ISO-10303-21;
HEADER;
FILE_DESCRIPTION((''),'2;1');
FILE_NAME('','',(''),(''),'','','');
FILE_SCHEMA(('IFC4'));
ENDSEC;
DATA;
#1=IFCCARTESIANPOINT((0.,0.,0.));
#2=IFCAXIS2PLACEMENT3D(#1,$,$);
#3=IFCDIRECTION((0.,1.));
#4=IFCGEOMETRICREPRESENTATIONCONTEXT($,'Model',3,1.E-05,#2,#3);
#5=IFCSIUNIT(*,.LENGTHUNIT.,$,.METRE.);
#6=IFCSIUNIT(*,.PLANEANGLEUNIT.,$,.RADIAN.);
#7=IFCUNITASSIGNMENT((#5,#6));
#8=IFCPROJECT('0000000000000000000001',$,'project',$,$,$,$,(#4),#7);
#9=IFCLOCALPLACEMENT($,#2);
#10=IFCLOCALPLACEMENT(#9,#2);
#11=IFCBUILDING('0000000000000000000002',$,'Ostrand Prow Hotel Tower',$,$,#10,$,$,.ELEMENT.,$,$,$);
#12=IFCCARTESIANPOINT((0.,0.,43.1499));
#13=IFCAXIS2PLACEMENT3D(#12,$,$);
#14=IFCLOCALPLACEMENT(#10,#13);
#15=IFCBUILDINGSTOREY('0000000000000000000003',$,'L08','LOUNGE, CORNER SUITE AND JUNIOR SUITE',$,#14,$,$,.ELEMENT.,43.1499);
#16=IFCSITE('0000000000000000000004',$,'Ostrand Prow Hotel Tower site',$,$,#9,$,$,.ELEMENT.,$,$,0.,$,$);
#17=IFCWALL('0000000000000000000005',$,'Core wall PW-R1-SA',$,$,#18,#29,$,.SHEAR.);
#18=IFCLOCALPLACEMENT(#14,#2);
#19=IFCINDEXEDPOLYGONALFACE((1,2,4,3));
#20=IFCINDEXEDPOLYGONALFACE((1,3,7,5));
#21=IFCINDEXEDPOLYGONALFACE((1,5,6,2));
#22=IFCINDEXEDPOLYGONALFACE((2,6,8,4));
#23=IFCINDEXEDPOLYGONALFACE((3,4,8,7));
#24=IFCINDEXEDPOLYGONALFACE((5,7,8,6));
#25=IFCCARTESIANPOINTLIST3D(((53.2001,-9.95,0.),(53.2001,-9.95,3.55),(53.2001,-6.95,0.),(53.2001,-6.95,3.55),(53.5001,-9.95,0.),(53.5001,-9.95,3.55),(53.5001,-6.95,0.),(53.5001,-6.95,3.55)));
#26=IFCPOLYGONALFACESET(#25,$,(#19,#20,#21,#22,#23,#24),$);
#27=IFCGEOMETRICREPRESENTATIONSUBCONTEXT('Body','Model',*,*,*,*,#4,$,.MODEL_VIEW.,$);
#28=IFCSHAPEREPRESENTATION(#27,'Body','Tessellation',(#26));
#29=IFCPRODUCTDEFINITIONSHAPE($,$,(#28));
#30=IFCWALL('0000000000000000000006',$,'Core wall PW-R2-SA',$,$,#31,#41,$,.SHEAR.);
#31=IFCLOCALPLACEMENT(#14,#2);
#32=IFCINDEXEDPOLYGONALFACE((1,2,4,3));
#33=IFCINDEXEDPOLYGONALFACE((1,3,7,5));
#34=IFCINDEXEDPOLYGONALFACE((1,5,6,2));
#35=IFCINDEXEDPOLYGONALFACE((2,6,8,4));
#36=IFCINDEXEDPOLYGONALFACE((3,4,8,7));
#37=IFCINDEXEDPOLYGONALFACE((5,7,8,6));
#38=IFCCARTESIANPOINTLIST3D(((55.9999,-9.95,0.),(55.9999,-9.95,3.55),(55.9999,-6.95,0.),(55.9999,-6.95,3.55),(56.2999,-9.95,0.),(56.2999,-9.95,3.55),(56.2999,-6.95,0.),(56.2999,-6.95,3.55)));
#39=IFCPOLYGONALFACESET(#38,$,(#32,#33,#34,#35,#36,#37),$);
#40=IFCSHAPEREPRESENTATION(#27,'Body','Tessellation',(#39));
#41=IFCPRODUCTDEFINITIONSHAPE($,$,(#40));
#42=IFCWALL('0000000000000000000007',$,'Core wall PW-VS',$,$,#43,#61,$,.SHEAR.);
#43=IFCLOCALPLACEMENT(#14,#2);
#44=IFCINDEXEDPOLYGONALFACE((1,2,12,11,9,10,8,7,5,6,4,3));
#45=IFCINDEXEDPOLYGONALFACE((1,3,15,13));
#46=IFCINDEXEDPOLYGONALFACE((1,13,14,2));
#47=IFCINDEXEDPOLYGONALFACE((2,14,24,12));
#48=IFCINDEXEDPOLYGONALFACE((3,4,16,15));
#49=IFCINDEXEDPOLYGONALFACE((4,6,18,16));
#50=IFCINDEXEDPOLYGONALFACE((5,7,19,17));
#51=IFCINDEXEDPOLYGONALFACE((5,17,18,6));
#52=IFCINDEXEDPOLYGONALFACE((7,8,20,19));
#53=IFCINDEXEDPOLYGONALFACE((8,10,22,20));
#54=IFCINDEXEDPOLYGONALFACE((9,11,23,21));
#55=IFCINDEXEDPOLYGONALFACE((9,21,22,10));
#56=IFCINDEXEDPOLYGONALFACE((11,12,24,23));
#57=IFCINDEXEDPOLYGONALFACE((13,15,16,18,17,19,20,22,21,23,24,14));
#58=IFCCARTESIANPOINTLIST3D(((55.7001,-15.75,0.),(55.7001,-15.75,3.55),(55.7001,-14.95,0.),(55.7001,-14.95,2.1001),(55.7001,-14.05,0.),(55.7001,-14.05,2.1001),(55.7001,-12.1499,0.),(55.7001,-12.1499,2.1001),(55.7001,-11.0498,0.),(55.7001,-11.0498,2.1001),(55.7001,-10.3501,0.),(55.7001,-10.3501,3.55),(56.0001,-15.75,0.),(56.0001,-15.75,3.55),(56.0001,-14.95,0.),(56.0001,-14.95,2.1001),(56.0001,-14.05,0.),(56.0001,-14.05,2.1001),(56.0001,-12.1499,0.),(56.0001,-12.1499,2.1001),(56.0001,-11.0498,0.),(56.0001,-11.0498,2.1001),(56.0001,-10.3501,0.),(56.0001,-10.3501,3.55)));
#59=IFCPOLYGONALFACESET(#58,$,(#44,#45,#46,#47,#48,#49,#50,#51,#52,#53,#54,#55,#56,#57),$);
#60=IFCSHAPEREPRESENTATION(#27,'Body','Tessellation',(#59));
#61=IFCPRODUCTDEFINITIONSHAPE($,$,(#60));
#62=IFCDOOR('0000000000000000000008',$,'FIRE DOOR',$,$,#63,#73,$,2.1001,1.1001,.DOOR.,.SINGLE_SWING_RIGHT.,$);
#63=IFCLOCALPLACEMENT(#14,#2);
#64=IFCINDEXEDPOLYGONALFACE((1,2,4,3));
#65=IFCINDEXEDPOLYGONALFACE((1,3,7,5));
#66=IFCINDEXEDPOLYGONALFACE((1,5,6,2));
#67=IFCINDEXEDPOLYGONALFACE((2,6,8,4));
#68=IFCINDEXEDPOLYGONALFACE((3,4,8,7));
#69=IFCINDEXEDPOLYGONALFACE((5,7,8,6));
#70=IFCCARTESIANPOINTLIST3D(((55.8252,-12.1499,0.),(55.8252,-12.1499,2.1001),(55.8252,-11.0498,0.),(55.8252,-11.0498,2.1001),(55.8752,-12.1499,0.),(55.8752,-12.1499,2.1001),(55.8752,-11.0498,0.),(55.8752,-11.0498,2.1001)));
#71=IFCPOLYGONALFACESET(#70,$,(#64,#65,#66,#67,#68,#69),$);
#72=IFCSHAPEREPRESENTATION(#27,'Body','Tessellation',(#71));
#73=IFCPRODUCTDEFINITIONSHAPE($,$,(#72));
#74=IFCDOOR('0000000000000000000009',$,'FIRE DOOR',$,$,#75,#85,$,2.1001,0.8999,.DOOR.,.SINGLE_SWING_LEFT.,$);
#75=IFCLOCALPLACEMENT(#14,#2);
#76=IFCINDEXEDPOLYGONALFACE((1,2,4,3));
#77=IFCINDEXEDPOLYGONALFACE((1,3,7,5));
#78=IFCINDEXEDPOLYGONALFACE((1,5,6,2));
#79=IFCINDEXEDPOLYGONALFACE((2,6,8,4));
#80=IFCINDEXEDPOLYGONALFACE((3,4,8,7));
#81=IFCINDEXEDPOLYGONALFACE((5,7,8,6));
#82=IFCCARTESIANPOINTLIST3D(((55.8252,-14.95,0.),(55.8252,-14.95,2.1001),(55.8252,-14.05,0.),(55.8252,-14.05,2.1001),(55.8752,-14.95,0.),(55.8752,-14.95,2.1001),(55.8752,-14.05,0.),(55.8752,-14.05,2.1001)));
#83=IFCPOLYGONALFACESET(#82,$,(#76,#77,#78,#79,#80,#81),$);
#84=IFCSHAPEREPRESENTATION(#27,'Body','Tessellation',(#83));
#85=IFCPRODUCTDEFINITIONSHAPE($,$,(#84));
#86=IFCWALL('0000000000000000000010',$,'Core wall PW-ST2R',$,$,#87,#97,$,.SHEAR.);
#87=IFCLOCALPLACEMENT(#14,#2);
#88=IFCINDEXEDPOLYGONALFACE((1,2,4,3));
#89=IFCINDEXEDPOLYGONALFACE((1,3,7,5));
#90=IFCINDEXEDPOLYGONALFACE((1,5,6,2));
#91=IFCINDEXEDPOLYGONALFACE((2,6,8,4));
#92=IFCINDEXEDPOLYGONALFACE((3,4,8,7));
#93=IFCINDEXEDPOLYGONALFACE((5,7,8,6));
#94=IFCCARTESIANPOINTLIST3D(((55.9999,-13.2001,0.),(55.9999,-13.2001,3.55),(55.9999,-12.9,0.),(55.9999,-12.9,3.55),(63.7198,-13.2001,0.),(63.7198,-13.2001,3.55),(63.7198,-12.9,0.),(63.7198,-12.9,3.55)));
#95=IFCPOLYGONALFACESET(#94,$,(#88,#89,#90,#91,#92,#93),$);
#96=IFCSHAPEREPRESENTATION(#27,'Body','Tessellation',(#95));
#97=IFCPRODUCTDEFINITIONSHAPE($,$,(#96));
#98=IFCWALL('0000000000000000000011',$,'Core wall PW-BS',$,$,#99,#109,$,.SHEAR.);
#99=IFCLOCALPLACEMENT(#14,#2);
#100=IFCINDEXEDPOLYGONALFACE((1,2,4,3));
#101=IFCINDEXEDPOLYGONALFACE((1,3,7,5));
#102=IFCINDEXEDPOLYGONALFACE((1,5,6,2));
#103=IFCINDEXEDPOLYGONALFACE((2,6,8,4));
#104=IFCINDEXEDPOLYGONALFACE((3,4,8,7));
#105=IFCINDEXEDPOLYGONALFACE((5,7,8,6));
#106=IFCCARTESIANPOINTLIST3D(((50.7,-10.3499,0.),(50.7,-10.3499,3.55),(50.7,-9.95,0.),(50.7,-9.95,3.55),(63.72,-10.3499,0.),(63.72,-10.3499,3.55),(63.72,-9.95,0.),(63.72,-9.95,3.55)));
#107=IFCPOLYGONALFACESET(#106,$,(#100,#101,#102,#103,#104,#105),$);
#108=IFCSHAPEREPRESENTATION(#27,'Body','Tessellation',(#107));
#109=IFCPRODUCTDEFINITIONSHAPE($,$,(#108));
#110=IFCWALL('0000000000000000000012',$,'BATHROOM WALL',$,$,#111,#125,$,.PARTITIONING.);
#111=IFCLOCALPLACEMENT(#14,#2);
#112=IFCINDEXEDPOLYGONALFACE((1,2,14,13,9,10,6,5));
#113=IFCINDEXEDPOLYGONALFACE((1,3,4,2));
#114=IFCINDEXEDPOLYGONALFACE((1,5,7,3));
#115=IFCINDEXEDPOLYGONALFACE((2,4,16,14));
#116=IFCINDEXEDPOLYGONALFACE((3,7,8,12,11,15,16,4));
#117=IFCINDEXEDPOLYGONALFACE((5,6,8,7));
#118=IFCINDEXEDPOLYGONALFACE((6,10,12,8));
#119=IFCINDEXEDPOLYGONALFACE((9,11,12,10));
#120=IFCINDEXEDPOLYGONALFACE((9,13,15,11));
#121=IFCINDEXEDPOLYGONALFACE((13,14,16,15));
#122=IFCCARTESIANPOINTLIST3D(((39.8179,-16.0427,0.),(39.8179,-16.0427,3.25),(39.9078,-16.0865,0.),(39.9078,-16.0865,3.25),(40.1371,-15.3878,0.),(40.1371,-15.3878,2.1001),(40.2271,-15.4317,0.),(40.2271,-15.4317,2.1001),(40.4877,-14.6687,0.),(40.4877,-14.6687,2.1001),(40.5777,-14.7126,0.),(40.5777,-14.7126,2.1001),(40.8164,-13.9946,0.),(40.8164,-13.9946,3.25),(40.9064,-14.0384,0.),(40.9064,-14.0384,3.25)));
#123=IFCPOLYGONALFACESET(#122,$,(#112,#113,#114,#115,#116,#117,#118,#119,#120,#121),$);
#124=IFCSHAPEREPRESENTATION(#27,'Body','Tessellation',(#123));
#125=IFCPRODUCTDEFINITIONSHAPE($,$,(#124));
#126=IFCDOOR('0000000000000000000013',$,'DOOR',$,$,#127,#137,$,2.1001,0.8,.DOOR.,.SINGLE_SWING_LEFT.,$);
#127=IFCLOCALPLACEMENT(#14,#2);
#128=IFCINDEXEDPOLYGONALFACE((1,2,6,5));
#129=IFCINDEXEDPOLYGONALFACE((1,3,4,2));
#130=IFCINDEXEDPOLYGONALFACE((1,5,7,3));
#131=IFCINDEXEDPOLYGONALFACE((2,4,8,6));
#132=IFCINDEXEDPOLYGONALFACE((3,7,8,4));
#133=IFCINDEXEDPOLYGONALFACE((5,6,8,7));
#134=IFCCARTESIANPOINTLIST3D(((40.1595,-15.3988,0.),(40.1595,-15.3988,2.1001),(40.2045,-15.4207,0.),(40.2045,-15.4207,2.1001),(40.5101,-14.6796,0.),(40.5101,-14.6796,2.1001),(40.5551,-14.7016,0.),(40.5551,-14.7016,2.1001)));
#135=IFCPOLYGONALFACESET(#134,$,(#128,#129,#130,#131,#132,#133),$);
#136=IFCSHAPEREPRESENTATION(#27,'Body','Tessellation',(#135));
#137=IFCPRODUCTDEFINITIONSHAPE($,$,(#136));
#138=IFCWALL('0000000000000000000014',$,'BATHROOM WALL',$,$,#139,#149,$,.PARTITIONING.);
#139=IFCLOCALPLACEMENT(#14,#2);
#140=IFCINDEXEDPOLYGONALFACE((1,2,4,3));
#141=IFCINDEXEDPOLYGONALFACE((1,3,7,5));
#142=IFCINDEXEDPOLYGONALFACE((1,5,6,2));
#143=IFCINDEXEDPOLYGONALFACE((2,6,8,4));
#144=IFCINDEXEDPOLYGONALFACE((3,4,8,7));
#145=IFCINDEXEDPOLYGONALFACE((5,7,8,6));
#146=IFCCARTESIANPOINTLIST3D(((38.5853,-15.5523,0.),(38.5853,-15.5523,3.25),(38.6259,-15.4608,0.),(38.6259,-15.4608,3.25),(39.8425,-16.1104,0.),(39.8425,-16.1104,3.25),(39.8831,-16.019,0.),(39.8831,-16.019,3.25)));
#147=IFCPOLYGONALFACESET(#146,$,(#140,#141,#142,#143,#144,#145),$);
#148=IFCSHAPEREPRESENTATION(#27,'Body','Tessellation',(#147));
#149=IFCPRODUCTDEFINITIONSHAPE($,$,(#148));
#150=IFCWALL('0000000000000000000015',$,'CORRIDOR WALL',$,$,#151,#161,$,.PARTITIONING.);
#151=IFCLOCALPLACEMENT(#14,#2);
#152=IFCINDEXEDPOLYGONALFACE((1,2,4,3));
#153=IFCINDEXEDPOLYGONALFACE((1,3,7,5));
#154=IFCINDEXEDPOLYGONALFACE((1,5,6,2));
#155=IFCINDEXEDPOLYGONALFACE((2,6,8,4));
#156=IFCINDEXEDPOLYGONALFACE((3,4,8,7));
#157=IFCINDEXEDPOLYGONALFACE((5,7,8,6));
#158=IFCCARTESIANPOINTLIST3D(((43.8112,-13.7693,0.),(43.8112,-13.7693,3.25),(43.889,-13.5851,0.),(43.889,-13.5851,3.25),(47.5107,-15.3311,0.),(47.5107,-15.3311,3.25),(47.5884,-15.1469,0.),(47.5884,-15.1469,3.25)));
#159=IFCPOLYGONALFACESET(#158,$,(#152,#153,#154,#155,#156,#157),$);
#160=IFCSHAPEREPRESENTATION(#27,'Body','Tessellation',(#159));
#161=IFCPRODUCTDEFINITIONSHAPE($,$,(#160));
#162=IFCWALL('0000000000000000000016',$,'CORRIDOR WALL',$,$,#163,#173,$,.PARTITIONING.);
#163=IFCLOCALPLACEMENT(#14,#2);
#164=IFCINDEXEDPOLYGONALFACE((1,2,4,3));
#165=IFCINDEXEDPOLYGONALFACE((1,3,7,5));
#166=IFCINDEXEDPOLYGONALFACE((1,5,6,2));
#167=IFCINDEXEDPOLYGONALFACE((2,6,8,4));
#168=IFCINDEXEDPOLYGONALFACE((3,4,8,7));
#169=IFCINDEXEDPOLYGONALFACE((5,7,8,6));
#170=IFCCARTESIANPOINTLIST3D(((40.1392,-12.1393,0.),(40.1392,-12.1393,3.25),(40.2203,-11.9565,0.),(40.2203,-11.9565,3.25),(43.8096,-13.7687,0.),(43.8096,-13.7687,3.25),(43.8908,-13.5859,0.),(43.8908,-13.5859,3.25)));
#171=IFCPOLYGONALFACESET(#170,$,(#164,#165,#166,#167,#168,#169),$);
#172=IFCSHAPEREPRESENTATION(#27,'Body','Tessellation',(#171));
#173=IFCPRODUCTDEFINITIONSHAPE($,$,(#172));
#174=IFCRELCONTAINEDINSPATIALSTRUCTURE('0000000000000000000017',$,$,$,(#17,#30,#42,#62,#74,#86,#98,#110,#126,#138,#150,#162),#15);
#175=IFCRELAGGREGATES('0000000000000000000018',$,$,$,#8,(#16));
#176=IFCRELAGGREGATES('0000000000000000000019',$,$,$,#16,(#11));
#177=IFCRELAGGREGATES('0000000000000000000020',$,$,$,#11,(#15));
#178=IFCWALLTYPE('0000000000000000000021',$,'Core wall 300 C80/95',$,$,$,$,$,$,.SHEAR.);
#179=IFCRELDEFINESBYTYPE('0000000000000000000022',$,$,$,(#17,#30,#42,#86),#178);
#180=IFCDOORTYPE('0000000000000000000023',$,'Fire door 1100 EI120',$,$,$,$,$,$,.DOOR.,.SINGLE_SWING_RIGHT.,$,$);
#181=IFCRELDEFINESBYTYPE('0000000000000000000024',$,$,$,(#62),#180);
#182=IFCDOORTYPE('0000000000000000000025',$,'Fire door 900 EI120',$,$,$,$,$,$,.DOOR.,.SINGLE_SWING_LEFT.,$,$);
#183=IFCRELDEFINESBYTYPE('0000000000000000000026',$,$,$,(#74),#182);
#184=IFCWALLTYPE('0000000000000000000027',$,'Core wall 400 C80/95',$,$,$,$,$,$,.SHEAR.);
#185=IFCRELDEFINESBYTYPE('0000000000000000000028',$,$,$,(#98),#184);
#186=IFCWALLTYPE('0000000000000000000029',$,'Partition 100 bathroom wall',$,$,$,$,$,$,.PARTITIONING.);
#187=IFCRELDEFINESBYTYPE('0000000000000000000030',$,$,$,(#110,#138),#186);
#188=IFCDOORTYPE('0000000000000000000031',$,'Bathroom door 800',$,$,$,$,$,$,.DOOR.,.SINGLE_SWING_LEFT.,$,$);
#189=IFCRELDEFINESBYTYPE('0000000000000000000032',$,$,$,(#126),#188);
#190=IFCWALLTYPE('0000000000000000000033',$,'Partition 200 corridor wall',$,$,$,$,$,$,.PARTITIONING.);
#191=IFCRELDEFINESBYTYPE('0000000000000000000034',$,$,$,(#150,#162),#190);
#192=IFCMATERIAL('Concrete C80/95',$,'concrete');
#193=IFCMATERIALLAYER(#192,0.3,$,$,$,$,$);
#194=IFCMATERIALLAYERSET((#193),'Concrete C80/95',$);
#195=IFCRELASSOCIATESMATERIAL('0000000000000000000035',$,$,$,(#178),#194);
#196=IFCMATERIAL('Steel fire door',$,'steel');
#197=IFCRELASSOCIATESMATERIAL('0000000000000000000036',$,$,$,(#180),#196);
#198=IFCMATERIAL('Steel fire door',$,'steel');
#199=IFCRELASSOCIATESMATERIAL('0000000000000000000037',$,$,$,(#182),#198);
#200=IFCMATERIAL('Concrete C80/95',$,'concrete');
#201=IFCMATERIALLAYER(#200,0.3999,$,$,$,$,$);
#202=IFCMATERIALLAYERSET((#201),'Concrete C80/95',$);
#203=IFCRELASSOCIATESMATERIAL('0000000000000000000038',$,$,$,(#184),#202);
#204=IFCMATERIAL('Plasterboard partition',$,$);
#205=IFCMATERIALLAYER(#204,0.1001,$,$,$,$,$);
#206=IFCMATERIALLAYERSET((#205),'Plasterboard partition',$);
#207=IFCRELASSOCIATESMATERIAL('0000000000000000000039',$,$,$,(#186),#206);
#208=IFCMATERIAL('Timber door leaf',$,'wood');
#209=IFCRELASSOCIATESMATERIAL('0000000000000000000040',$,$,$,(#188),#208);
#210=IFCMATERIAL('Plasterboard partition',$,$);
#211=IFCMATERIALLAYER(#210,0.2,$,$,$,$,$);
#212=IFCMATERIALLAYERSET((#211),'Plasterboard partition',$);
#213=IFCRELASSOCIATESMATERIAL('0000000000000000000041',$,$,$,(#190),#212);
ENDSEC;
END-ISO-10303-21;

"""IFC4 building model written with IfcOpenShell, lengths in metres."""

from ifc_helpers import new_model, si_unit, direction, frame, frame_2d, origin, place, context, subcontext, project, spatial, rectangle, extrude, material, layer, layer_set, type_object, element, fill, save


model = new_model("IFC4")

# Units and contexts
model_context = context("Model", 3, precision=1e-05, world=origin(), true_north=direction((0.0, 1.0)))
body_context = subcontext(model_context, "Body", "Model", "MODEL_VIEW")
ifc_project = project(units=[si_unit("LENGTHUNIT", "METRE"), si_unit("PLANEANGLEUNIT", "RADIAN")], contexts=[model_context])

# Site, building, storey
site_placement = place(None, origin())
site = spatial("IfcSite", under=ifc_project, at=site_placement, Name="Ostrand Prow Hotel Tower site", CompositionType="ELEMENT", RefElevation=0.0)
building_placement = place(site_placement, origin())
building = spatial("IfcBuilding", under=site, at=building_placement, Name="Ostrand Prow Hotel Tower", CompositionType="ELEMENT")
storey_placement = place(building_placement, frame((0.0, 0.0, 43.1499)))
storey = spatial("IfcBuildingStorey", under=building, at=storey_placement, Name="L08", Description="LOUNGE, CORNER SUITE AND JUNIOR SUITE", CompositionType="ELEMENT", Elevation=43.1499)

# Walls
ifc_material_1 = material(Name="Concrete C80/95", Category="concrete")
ifc_layer_1 = layer(ifc_material_1, 0.3)
ifc_layer_set_1 = layer_set([ifc_layer_1], Name="Concrete C80/95")
wall_type_1 = type_object("IfcWallType", Name="Core wall 300 C80/95", PredefinedType="SHEAR", material=ifc_layer_set_1)
for number, where, z_axis, x_axis, name in (
    (1, (53.3501, -9.95, 0.0), (0.0, 0.0, 1.0), (0.0, 1.0, 0.0), "Core wall PW-R1-SA"),
    (2, (56.1499, -9.95, 0.0), (0.0, 0.0, 1.0), (0.0, 1.0, 0.0), "Core wall PW-R2-SA"),
):
    element("IfcWall", number, at=place(storey_placement, frame(where, z_axis=z_axis, x_axis=x_axis)), inside=storey, type_object=wall_type_1, Name=name, PredefinedType="SHEAR", context=body_context, shape_type="SweptSolid", body=[
        extrude(rectangle(XDim=3.0, YDim=0.3, at=frame_2d((1.5, 0.0))), origin(), (0.0, 0.0, 1.0), 3.55),
    ])

# Wall, openings, doors
wall_1_placement = place(storey_placement, frame((55.8501, -15.75, 0.0), z_axis=(0.0, 0.0, 1.0), x_axis=(0.0, 1.0, 0.0)))
wall_1 = element("IfcWall", 3, at=wall_1_placement, inside=storey, type_object=wall_type_1, Name="Core wall PW-VS", PredefinedType="SHEAR", context=body_context, shape_type="SweptSolid", body=[
    extrude(rectangle(XDim=5.3999, YDim=0.3, at=frame_2d((2.7, 0.0))), origin(), (0.0, 0.0, 1.0), 3.55),
])
opening_1_placement = place(wall_1_placement, frame((3.6001, 0.0, 0.0)))
opening_1 = element("IfcOpeningElement", 4, at=opening_1_placement, cuts=wall_1, PredefinedType="OPENING", context=body_context, shape_type="SweptSolid", body=[
    extrude(rectangle(XDim=1.1001, YDim=2.1001, at=frame_2d((0.55, 1.05))), frame((0.0, 0.1599, 0.0), z_axis=(0.0, -1.0, 0.0), x_axis=(1.0, 0.0, 0.0)), (0.0, 0.0, 1.0), 0.3201),
])
opening_2_placement = place(wall_1_placement, frame((0.8, 0.0, 0.0)))
opening_2 = element("IfcOpeningElement", 5, at=opening_2_placement, cuts=wall_1, PredefinedType="OPENING", context=body_context, shape_type="SweptSolid", body=[
    extrude(rectangle(XDim=0.8999, YDim=2.1001, at=frame_2d((0.45, 1.05))), frame((0.0, 0.1599, 0.0), z_axis=(0.0, -1.0, 0.0), x_axis=(1.0, 0.0, 0.0)), (0.0, 0.0, 1.0), 0.3201),
])
ifc_material_2 = material(Name="Steel fire door", Category="steel")
door_type_1 = type_object("IfcDoorType", Name="Fire door 1100 EI120", OperationType="SINGLE_SWING_RIGHT", PredefinedType="DOOR", material=ifc_material_2)
door_1_placement = place(opening_1_placement, origin())
door_1 = element("IfcDoor", 6, at=door_1_placement, inside=storey, type_object=door_type_1, Name="FIRE DOOR", OperationType="SINGLE_SWING_RIGHT", OverallHeight=2.1001, OverallWidth=1.1001, PredefinedType="DOOR", context=body_context, shape_type="SweptSolid", body=[
    extrude(rectangle(XDim=1.1001, YDim=2.1001, at=frame_2d((0.55, 1.05))), frame((0.0, 0.0249, 0.0), z_axis=(0.0, -1.0, 0.0), x_axis=(1.0, 0.0, 0.0)), (0.0, 0.0, 1.0), 0.05),
])
fill(opening_1, door_1)
ifc_material_3 = material(Name="Steel fire door", Category="steel")
door_type_2 = type_object("IfcDoorType", Name="Fire door 900 EI120", OperationType="SINGLE_SWING_LEFT", PredefinedType="DOOR", material=ifc_material_3)
door_2_placement = place(opening_2_placement, origin())
door_2 = element("IfcDoor", 7, at=door_2_placement, inside=storey, type_object=door_type_2, Name="FIRE DOOR", OperationType="SINGLE_SWING_LEFT", OverallHeight=2.1001, OverallWidth=0.8999, PredefinedType="DOOR", context=body_context, shape_type="SweptSolid", body=[
    extrude(rectangle(XDim=0.8999, YDim=2.1001, at=frame_2d((0.45, 1.05))), frame((0.0, 0.0249, 0.0), z_axis=(0.0, -1.0, 0.0), x_axis=(1.0, 0.0, 0.0)), (0.0, 0.0, 1.0), 0.05),
])
fill(opening_2, door_2)

# Walls
wall_2_placement = place(storey_placement, frame((56.0, -13.05, 0.0), z_axis=(0.0, 0.0, 1.0), x_axis=(1.0, 0.0, 0.0)))
element("IfcWall", 8, at=wall_2_placement, inside=storey, type_object=wall_type_1, Name="Core wall PW-ST2R", PredefinedType="SHEAR", context=body_context, shape_type="SweptSolid", body=[
    extrude(rectangle(XDim=7.72, YDim=0.3, at=frame_2d((3.8599, 0.0))), origin(), (0.0, 0.0, 1.0), 3.55),
])
ifc_material_4 = material(Name="Concrete C80/95", Category="concrete")
ifc_layer_2 = layer(ifc_material_4, 0.3999)
ifc_layer_set_2 = layer_set([ifc_layer_2], Name="Concrete C80/95")
wall_type_2 = type_object("IfcWallType", Name="Core wall 400 C80/95", PredefinedType="SHEAR", material=ifc_layer_set_2)
wall_3_placement = place(storey_placement, frame((50.7, -10.1499, 0.0), z_axis=(0.0, 0.0, 1.0), x_axis=(1.0, 0.0, 0.0)))
element("IfcWall", 9, at=wall_3_placement, inside=storey, type_object=wall_type_2, Name="Core wall PW-BS", PredefinedType="SHEAR", context=body_context, shape_type="SweptSolid", body=[
    extrude(rectangle(XDim=13.02, YDim=0.3999, at=frame_2d((6.51, 0.0))), origin(), (0.0, 0.0, 1.0), 3.55),
])

# Wall, opening, door
ifc_material_5 = material(Name="Plasterboard partition")
ifc_layer_3 = layer(ifc_material_5, 0.1001)
ifc_layer_set_3 = layer_set([ifc_layer_3], Name="Plasterboard partition")
wall_type_3 = type_object("IfcWallType", Name="Partition 100 bathroom wall", PredefinedType="PARTITIONING", material=ifc_layer_set_3)
wall_4_placement = place(storey_placement, frame((40.8613, -14.0166, 0.0), z_axis=(0.0, 0.0, 1.0), x_axis=(-0.438234, -0.898861, 0.0)))
wall_4 = element("IfcWall", 10, at=wall_4_placement, inside=storey, type_object=wall_type_3, Name="BATHROOM WALL", PredefinedType="PARTITIONING", context=body_context, shape_type="SweptSolid", body=[
    extrude(rectangle(XDim=2.2786, YDim=0.1001, at=frame_2d((1.1392, 0.0))), origin(), (0.0, 0.0, 1.0), 3.25),
])
opening_3_placement = place(wall_4_placement, frame((0.75, 0.0, 0.0)))
opening_3 = element("IfcOpeningElement", 11, at=opening_3_placement, cuts=wall_4, PredefinedType="OPENING", context=body_context, shape_type="SweptSolid", body=[
    extrude(rectangle(XDim=0.8, YDim=2.1001, at=frame_2d((0.3999, 1.05))), frame((0.0, 0.0601, 0.0), z_axis=(0.0, -1.0, 0.0), x_axis=(1.0, 0.0, 0.0)), (0.0, 0.0, 1.0), 0.1201),
])
ifc_material_6 = material(Name="Timber door leaf", Category="wood")
door_type_3 = type_object("IfcDoorType", Name="Bathroom door 800", OperationType="SINGLE_SWING_LEFT", PredefinedType="DOOR", material=ifc_material_6)
door_3_placement = place(opening_3_placement, origin())
door_3 = element("IfcDoor", 12, at=door_3_placement, inside=storey, type_object=door_type_3, Name="DOOR", OperationType="SINGLE_SWING_LEFT", OverallHeight=2.1001, OverallWidth=0.8, PredefinedType="DOOR", context=body_context, shape_type="SweptSolid", body=[
    extrude(rectangle(XDim=0.8, YDim=2.1001, at=frame_2d((0.3999, 1.05))), frame((0.0, 0.0249, 0.0), z_axis=(0.0, -1.0, 0.0), x_axis=(1.0, 0.0, 0.0)), (0.0, 0.0, 1.0), 0.05),
])
fill(opening_3, door_3)

# Walls
wall_5_placement = place(storey_placement, frame((39.8628, -16.0647, 0.0), z_axis=(0.0, 0.0, 1.0), x_axis=(-0.913973, 0.405776, 0.0)))
element("IfcWall", 13, at=wall_5_placement, inside=storey, type_object=wall_type_3, Name="BATHROOM WALL", PredefinedType="PARTITIONING", context=body_context, shape_type="SweptSolid", body=[
    extrude(rectangle(XDim=1.3755, YDim=0.1001, at=frame_2d((0.6877, 0.0))), origin(), (0.0, 0.0, 1.0), 3.25),
])
ifc_material_7 = material(Name="Plasterboard partition")
ifc_layer_4 = layer(ifc_material_7, 0.2)
ifc_layer_set_4 = layer_set([ifc_layer_4], Name="Plasterboard partition")
wall_type_4 = type_object("IfcWallType", Name="Partition 200 corridor wall", PredefinedType="PARTITIONING", material=ifc_layer_set_4)
wall_6_placement = place(storey_placement, frame((47.5496, -15.239, 0.0), z_axis=(0.0, 0.0, 1.0), x_axis=(-0.92127, 0.388924, 0.0)))
element("IfcWall", 14, at=wall_6_placement, inside=storey, type_object=wall_type_4, Name="CORRIDOR WALL", PredefinedType="PARTITIONING", context=body_context, shape_type="SweptSolid", body=[
    extrude(rectangle(XDim=4.0156, YDim=0.2, at=frame_2d((2.0078, 0.0))), origin(), (0.0, 0.0, 1.0), 3.25),
])
wall_7_placement = place(storey_placement, frame((43.8501, -13.6772, 0.0), z_axis=(0.0, 0.0, 1.0), x_axis=(-0.913987, 0.405744, 0.0)))
element("IfcWall", 15, at=wall_7_placement, inside=storey, type_object=wall_type_4, Name="CORRIDOR WALL", PredefinedType="PARTITIONING", context=body_context, shape_type="SweptSolid", body=[
    extrude(rectangle(XDim=4.0159, YDim=0.2, at=frame_2d((2.0078, 0.0))), origin(), (0.0, 0.0, 1.0), 3.25),
])

save(model, "model.ifc")
